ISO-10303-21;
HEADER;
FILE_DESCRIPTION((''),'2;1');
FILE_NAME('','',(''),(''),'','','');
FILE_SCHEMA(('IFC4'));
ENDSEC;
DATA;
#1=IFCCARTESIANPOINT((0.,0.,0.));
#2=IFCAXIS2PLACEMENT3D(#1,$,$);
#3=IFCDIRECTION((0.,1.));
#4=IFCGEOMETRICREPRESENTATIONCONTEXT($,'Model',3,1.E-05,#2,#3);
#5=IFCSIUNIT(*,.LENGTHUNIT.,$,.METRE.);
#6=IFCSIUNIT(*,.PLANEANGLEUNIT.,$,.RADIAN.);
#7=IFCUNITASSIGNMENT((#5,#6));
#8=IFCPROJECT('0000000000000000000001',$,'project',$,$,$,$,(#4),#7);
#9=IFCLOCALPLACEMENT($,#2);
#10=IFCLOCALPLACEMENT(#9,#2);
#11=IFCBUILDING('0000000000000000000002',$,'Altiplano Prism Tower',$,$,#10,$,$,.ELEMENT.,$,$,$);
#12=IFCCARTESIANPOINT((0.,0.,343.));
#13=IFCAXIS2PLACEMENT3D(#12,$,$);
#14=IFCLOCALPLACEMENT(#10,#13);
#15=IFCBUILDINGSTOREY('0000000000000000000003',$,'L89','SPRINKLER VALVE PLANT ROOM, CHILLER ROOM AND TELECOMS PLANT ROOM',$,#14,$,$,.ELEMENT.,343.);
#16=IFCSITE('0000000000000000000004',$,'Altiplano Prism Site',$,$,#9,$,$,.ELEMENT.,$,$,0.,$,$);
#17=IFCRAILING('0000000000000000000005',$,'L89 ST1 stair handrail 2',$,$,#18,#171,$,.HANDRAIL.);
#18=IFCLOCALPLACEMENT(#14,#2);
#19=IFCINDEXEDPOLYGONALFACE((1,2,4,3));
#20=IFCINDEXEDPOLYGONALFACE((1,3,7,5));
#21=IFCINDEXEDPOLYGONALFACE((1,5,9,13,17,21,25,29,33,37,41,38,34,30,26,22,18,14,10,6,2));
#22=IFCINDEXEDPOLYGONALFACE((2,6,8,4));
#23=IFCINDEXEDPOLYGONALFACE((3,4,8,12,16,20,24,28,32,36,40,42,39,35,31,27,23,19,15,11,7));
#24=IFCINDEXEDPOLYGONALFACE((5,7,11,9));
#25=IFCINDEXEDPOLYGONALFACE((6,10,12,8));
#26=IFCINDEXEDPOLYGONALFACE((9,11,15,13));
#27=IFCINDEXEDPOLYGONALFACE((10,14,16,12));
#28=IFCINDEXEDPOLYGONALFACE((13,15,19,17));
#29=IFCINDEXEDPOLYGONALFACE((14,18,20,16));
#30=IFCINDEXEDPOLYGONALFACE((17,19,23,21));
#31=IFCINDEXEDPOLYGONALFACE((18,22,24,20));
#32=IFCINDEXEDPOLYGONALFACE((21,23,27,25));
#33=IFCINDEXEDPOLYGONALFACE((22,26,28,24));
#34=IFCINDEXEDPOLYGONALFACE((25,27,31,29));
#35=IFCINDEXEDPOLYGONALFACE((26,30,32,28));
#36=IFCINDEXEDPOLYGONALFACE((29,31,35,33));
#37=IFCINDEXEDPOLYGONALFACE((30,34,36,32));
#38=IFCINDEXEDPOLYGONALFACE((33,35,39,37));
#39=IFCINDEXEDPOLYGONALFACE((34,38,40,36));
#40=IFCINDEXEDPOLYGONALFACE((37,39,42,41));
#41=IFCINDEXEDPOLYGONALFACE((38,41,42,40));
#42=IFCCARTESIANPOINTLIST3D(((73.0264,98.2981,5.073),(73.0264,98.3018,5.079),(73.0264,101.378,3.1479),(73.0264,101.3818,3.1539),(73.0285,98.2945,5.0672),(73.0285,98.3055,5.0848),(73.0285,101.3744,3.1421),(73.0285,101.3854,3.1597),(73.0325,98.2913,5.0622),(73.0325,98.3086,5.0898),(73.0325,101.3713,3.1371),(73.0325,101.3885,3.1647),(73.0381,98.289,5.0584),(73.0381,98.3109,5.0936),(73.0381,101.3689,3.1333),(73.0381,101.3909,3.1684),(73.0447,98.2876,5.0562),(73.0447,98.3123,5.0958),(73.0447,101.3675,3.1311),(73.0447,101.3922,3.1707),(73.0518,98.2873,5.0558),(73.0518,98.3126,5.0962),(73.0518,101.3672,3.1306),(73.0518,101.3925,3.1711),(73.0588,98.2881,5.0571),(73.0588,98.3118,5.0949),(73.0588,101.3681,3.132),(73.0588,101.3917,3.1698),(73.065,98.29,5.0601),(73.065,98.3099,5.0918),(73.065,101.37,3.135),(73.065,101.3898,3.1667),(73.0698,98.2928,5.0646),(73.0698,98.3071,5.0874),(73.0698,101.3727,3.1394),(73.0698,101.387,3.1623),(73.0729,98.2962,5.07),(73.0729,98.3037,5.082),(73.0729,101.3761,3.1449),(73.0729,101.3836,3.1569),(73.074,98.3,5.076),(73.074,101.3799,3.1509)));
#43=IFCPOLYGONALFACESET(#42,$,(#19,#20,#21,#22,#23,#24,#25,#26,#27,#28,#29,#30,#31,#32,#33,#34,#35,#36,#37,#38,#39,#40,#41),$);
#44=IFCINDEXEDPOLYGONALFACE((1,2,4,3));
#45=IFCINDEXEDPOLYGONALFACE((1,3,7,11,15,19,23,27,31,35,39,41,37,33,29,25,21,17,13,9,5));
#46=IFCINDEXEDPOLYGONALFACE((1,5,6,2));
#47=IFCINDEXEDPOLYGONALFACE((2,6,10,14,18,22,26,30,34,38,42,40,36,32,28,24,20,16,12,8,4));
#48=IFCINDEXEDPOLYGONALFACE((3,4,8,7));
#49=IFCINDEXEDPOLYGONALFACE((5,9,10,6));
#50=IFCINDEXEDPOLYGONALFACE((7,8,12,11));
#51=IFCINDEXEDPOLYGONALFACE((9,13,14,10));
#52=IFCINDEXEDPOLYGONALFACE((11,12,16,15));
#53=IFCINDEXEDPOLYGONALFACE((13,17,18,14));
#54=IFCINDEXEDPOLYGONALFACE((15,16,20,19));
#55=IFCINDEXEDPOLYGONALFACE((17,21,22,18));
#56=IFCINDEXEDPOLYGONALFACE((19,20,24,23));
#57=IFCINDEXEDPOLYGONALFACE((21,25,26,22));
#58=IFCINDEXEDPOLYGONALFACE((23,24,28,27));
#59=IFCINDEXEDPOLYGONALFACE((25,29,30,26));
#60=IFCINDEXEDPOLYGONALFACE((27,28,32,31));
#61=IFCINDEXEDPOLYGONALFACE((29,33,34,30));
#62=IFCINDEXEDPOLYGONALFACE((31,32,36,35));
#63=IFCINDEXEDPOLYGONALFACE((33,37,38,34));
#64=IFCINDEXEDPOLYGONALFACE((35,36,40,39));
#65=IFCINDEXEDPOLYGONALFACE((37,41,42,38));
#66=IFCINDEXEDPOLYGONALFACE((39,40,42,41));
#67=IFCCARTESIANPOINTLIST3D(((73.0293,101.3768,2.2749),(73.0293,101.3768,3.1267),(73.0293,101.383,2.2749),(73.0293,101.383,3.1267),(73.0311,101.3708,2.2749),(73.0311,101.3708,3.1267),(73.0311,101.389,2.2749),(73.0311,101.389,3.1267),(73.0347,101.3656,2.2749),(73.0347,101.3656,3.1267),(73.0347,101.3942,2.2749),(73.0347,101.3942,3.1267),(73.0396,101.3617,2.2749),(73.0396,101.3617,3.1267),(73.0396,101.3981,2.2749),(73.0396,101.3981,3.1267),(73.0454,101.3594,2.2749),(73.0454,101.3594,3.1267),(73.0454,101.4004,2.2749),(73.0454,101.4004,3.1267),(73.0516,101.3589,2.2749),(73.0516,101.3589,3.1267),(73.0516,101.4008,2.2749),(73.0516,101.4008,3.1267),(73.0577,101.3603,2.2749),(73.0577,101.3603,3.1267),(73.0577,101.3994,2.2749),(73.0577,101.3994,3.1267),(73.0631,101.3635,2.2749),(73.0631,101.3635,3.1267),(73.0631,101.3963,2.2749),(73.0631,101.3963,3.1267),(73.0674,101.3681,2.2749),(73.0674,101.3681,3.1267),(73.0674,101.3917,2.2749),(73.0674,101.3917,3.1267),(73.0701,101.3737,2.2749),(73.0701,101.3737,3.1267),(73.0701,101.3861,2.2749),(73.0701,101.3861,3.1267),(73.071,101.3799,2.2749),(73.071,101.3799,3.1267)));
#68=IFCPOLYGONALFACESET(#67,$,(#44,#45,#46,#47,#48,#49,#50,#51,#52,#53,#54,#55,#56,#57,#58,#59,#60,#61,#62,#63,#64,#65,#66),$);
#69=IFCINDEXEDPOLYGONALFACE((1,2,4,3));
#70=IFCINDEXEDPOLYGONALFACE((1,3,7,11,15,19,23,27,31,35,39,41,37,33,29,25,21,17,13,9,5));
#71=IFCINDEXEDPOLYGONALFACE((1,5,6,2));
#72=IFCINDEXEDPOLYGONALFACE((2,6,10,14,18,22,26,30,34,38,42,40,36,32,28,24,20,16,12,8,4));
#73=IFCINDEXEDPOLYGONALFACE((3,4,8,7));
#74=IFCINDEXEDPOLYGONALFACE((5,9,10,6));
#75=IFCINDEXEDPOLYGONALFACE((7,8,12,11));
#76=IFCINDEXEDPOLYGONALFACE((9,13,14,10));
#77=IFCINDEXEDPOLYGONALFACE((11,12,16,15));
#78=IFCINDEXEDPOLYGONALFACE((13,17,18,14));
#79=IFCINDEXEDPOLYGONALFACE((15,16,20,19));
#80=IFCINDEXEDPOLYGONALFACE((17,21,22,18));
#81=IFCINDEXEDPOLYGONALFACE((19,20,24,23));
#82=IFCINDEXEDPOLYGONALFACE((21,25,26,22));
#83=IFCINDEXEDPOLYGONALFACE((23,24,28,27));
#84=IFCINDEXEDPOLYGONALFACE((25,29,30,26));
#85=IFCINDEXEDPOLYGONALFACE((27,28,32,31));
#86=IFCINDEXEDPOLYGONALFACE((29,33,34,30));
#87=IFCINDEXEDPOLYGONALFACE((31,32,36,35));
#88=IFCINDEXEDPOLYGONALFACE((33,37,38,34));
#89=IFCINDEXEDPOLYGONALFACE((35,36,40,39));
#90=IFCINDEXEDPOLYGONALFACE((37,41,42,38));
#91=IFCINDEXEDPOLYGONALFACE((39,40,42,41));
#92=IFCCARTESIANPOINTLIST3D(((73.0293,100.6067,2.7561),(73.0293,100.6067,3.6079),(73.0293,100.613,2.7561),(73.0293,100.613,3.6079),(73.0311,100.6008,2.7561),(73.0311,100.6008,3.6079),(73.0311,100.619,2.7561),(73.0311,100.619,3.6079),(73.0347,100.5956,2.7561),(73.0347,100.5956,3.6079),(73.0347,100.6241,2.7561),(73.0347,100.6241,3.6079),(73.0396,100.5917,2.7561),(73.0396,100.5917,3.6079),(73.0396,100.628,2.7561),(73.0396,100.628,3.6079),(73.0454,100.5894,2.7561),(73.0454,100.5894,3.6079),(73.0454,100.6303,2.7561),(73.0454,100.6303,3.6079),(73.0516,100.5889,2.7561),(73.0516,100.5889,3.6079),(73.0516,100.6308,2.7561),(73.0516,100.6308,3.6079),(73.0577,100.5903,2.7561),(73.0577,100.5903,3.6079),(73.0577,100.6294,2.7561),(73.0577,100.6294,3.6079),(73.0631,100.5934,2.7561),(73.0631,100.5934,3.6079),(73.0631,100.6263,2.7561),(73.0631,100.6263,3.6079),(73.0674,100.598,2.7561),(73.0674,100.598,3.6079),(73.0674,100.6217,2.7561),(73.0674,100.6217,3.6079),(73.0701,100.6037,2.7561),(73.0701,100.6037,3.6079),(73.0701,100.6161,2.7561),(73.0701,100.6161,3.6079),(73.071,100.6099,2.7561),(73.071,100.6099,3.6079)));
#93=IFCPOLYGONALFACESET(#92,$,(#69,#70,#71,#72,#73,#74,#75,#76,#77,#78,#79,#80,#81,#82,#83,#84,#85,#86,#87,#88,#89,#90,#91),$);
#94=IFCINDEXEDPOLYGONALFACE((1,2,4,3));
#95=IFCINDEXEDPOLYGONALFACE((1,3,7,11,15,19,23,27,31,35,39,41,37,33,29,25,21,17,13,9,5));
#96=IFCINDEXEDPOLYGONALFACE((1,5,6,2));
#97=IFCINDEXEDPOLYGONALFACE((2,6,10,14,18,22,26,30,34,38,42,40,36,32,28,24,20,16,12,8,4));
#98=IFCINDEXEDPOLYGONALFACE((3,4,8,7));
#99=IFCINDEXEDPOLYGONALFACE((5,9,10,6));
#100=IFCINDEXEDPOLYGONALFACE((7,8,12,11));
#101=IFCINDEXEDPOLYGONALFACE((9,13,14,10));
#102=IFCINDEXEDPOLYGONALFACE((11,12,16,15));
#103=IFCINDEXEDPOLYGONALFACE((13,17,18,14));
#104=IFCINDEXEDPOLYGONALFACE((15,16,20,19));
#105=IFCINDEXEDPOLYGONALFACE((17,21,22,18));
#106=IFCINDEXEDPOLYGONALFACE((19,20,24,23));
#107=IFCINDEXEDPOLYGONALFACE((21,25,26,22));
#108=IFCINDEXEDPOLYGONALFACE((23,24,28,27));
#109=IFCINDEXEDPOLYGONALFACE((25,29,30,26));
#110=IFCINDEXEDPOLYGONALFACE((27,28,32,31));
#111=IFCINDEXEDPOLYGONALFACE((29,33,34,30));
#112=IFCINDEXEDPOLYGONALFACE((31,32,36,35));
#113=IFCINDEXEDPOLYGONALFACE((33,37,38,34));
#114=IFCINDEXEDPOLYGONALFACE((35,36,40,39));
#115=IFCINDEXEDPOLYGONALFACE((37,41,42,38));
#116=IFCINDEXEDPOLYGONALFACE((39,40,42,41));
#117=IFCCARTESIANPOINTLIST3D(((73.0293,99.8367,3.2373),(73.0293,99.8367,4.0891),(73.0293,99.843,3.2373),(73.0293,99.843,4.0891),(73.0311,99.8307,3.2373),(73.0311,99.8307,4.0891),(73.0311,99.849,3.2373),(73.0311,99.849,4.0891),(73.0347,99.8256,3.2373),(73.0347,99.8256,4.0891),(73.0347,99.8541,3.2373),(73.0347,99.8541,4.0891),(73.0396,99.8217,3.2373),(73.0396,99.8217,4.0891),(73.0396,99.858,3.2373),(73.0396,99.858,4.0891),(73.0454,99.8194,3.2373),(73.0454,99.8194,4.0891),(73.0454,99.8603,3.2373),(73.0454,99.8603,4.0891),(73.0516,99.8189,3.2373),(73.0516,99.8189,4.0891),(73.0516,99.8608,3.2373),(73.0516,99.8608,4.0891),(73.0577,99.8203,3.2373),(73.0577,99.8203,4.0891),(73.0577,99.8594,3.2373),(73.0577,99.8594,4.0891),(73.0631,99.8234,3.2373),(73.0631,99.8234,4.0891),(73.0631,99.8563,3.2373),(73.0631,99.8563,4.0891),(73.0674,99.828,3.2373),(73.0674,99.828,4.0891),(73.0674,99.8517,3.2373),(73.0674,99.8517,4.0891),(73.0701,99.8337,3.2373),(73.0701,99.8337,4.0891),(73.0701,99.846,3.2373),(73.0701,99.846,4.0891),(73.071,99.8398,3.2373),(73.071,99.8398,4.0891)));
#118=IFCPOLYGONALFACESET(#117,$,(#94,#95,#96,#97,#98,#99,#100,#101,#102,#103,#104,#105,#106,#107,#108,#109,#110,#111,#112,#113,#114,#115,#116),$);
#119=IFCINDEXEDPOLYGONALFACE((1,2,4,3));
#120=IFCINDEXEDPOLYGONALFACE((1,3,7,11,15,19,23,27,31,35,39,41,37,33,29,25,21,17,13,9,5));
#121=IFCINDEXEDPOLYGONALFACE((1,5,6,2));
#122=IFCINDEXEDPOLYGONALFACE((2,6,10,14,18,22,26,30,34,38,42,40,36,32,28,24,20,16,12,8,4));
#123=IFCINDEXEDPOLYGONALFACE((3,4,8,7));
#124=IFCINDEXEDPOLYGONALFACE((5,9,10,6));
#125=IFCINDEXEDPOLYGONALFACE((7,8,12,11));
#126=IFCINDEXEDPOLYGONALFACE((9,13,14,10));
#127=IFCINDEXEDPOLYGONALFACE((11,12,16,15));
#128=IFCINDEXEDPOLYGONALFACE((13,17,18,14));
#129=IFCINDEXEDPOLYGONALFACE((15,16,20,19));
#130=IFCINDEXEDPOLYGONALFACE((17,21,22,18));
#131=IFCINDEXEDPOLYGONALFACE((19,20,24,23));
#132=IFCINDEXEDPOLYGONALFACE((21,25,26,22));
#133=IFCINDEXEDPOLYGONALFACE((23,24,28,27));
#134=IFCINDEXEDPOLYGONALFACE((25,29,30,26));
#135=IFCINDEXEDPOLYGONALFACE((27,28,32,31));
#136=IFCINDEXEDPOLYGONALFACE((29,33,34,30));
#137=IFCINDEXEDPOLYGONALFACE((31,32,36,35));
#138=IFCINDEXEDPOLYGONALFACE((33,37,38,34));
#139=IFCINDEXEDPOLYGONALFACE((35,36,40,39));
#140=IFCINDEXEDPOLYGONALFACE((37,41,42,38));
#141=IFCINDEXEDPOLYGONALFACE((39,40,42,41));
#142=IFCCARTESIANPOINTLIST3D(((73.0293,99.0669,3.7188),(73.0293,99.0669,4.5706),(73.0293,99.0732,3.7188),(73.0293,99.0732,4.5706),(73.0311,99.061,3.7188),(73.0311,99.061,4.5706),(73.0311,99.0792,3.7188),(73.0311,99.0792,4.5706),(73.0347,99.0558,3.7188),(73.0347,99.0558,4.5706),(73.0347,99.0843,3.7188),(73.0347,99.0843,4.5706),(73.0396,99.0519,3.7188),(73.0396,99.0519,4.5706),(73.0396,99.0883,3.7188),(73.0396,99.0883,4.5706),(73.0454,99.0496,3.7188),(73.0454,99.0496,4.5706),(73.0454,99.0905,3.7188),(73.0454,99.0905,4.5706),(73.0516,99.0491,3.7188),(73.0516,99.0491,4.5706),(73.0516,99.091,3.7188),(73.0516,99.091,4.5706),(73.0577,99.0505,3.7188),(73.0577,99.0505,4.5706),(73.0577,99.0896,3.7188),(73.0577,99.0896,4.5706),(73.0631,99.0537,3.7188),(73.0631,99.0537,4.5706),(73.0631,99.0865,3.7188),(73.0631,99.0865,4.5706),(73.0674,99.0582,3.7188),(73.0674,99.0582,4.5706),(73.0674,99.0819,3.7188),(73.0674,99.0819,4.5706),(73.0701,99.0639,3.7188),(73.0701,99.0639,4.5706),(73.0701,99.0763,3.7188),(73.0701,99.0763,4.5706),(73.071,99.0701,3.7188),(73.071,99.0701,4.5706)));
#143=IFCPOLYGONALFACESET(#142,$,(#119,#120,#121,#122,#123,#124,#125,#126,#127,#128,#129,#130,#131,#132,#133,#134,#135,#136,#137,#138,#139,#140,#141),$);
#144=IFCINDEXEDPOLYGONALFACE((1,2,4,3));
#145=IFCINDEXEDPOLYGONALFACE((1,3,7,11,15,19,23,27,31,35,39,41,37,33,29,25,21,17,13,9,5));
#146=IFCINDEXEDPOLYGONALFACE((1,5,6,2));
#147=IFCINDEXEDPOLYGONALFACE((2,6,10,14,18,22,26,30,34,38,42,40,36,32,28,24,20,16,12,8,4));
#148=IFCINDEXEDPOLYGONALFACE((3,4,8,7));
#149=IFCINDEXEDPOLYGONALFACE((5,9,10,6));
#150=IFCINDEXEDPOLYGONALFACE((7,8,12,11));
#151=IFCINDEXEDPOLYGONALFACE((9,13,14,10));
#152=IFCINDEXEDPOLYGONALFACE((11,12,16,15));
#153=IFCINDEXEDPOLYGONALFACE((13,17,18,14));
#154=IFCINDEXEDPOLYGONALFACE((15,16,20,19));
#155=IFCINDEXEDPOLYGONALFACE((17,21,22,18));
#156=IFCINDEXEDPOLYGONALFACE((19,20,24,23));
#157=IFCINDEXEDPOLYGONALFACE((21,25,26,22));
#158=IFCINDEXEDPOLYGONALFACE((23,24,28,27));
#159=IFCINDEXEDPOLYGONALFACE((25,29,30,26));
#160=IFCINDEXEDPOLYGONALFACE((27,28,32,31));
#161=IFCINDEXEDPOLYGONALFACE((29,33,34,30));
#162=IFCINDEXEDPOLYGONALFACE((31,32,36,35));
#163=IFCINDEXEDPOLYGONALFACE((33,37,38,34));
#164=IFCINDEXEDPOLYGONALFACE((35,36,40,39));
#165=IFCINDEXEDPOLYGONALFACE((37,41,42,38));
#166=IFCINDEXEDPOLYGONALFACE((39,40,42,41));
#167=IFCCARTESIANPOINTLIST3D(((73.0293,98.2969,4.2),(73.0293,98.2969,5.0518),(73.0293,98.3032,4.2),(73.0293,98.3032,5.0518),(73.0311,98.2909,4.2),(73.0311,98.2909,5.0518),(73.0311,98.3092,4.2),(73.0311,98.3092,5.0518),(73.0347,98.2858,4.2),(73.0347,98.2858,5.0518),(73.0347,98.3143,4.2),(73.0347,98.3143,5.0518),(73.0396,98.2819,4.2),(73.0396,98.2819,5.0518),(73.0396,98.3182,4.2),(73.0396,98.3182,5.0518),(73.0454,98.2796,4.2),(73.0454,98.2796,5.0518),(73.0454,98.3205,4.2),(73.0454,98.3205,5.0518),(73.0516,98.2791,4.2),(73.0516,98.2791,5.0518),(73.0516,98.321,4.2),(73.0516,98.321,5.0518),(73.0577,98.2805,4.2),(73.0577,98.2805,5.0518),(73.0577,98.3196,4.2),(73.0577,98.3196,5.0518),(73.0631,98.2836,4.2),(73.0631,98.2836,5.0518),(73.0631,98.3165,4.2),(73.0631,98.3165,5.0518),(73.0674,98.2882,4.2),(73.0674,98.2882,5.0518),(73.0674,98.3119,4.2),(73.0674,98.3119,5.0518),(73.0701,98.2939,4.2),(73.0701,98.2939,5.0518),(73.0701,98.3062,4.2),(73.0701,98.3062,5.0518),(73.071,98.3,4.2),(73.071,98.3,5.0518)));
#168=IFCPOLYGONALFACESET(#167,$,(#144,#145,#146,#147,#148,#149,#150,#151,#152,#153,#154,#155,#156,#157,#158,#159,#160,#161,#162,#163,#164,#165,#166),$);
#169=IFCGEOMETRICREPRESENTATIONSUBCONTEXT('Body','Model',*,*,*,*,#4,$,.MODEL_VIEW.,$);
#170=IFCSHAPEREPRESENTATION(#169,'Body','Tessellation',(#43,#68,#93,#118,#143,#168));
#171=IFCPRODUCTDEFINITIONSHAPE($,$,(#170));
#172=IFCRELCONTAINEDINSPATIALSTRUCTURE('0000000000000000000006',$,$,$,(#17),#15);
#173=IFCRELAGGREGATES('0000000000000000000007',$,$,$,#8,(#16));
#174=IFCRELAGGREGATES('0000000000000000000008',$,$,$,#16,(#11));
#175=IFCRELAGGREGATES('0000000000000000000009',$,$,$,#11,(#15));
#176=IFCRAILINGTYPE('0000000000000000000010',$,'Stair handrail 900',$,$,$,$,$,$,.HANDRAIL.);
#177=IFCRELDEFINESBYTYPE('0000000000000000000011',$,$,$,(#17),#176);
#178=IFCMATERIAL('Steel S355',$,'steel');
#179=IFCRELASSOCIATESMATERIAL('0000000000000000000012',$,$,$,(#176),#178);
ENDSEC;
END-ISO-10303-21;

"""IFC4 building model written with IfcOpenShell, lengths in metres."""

from ifc_helpers import new_model, si_unit, direction, frame, origin, origin_2d, place, context, subcontext, project, spatial, circle, extrude, material, type_object, element, save


model = new_model("IFC4")

# Units and contexts
model_context = context("Model", 3, precision=1e-05, world=origin(), true_north=direction((0.0, 1.0)))
body_context = subcontext(model_context, "Body", "Model", "MODEL_VIEW")
ifc_project = project(units=[si_unit("LENGTHUNIT", "METRE"), si_unit("PLANEANGLEUNIT", "RADIAN")], contexts=[model_context])

# Site, building, storey
site_placement = place(None, origin())
site = spatial("IfcSite", under=ifc_project, at=site_placement, Name="Altiplano Prism Site", CompositionType="ELEMENT", RefElevation=0.0)
building_placement = place(site_placement, origin())
building = spatial("IfcBuilding", under=site, at=building_placement, Name="Altiplano Prism Tower", CompositionType="ELEMENT")
storey_placement = place(building_placement, frame((0.0, 0.0, 343.0)))
storey = spatial("IfcBuildingStorey", under=building, at=storey_placement, Name="L89", Description="SPRINKLER VALVE PLANT ROOM, CHILLER ROOM AND TELECOMS PLANT ROOM", CompositionType="ELEMENT", Elevation=343.0)

# Railing
ifc_material_1 = material(Name="Steel S355", Category="steel")
railing_type_1 = type_object("IfcRailingType", Name="Stair handrail 900", PredefinedType="HANDRAIL", material=ifc_material_1)
railing_1_placement = place(storey_placement, frame((73.05, 101.3799, 2.2749)))
element("IfcRailing", 1, at=railing_1_placement, inside=storey, type_object=railing_type_1, Name="L89 ST1 stair handrail 2", PredefinedType="HANDRAIL", context=body_context, shape_type="SweptSolid", body=[
    extrude(circle(Radius=0.0239, at=origin_2d()), frame((0.0, 0.0, 0.876), z_axis=(0.0, -0.847979, 0.530029), x_axis=(1.0, 0.0, 0.0)), (0.0, 0.0, 1.0), 3.6321),
    extrude(circle(Radius=0.021, at=origin_2d()), origin(), (0.0, 0.0, 1.0), 0.8518),
    extrude(circle(Radius=0.021, at=origin_2d()), frame((0.0, -0.77, 0.4812)), (0.0, 0.0, 1.0), 0.8518),
    extrude(circle(Radius=0.021, at=origin_2d()), frame((0.0, -1.54, 0.9624)), (0.0, 0.0, 1.0), 0.8518),
    extrude(circle(Radius=0.021, at=origin_2d()), frame((0.0, -2.3098, 1.4438)), (0.0, 0.0, 1.0), 0.8518),
    extrude(circle(Radius=0.021, at=origin_2d()), frame((0.0, -3.0798, 1.925)), (0.0, 0.0, 1.0), 0.8518),
])

save(model, "model.ifc")
